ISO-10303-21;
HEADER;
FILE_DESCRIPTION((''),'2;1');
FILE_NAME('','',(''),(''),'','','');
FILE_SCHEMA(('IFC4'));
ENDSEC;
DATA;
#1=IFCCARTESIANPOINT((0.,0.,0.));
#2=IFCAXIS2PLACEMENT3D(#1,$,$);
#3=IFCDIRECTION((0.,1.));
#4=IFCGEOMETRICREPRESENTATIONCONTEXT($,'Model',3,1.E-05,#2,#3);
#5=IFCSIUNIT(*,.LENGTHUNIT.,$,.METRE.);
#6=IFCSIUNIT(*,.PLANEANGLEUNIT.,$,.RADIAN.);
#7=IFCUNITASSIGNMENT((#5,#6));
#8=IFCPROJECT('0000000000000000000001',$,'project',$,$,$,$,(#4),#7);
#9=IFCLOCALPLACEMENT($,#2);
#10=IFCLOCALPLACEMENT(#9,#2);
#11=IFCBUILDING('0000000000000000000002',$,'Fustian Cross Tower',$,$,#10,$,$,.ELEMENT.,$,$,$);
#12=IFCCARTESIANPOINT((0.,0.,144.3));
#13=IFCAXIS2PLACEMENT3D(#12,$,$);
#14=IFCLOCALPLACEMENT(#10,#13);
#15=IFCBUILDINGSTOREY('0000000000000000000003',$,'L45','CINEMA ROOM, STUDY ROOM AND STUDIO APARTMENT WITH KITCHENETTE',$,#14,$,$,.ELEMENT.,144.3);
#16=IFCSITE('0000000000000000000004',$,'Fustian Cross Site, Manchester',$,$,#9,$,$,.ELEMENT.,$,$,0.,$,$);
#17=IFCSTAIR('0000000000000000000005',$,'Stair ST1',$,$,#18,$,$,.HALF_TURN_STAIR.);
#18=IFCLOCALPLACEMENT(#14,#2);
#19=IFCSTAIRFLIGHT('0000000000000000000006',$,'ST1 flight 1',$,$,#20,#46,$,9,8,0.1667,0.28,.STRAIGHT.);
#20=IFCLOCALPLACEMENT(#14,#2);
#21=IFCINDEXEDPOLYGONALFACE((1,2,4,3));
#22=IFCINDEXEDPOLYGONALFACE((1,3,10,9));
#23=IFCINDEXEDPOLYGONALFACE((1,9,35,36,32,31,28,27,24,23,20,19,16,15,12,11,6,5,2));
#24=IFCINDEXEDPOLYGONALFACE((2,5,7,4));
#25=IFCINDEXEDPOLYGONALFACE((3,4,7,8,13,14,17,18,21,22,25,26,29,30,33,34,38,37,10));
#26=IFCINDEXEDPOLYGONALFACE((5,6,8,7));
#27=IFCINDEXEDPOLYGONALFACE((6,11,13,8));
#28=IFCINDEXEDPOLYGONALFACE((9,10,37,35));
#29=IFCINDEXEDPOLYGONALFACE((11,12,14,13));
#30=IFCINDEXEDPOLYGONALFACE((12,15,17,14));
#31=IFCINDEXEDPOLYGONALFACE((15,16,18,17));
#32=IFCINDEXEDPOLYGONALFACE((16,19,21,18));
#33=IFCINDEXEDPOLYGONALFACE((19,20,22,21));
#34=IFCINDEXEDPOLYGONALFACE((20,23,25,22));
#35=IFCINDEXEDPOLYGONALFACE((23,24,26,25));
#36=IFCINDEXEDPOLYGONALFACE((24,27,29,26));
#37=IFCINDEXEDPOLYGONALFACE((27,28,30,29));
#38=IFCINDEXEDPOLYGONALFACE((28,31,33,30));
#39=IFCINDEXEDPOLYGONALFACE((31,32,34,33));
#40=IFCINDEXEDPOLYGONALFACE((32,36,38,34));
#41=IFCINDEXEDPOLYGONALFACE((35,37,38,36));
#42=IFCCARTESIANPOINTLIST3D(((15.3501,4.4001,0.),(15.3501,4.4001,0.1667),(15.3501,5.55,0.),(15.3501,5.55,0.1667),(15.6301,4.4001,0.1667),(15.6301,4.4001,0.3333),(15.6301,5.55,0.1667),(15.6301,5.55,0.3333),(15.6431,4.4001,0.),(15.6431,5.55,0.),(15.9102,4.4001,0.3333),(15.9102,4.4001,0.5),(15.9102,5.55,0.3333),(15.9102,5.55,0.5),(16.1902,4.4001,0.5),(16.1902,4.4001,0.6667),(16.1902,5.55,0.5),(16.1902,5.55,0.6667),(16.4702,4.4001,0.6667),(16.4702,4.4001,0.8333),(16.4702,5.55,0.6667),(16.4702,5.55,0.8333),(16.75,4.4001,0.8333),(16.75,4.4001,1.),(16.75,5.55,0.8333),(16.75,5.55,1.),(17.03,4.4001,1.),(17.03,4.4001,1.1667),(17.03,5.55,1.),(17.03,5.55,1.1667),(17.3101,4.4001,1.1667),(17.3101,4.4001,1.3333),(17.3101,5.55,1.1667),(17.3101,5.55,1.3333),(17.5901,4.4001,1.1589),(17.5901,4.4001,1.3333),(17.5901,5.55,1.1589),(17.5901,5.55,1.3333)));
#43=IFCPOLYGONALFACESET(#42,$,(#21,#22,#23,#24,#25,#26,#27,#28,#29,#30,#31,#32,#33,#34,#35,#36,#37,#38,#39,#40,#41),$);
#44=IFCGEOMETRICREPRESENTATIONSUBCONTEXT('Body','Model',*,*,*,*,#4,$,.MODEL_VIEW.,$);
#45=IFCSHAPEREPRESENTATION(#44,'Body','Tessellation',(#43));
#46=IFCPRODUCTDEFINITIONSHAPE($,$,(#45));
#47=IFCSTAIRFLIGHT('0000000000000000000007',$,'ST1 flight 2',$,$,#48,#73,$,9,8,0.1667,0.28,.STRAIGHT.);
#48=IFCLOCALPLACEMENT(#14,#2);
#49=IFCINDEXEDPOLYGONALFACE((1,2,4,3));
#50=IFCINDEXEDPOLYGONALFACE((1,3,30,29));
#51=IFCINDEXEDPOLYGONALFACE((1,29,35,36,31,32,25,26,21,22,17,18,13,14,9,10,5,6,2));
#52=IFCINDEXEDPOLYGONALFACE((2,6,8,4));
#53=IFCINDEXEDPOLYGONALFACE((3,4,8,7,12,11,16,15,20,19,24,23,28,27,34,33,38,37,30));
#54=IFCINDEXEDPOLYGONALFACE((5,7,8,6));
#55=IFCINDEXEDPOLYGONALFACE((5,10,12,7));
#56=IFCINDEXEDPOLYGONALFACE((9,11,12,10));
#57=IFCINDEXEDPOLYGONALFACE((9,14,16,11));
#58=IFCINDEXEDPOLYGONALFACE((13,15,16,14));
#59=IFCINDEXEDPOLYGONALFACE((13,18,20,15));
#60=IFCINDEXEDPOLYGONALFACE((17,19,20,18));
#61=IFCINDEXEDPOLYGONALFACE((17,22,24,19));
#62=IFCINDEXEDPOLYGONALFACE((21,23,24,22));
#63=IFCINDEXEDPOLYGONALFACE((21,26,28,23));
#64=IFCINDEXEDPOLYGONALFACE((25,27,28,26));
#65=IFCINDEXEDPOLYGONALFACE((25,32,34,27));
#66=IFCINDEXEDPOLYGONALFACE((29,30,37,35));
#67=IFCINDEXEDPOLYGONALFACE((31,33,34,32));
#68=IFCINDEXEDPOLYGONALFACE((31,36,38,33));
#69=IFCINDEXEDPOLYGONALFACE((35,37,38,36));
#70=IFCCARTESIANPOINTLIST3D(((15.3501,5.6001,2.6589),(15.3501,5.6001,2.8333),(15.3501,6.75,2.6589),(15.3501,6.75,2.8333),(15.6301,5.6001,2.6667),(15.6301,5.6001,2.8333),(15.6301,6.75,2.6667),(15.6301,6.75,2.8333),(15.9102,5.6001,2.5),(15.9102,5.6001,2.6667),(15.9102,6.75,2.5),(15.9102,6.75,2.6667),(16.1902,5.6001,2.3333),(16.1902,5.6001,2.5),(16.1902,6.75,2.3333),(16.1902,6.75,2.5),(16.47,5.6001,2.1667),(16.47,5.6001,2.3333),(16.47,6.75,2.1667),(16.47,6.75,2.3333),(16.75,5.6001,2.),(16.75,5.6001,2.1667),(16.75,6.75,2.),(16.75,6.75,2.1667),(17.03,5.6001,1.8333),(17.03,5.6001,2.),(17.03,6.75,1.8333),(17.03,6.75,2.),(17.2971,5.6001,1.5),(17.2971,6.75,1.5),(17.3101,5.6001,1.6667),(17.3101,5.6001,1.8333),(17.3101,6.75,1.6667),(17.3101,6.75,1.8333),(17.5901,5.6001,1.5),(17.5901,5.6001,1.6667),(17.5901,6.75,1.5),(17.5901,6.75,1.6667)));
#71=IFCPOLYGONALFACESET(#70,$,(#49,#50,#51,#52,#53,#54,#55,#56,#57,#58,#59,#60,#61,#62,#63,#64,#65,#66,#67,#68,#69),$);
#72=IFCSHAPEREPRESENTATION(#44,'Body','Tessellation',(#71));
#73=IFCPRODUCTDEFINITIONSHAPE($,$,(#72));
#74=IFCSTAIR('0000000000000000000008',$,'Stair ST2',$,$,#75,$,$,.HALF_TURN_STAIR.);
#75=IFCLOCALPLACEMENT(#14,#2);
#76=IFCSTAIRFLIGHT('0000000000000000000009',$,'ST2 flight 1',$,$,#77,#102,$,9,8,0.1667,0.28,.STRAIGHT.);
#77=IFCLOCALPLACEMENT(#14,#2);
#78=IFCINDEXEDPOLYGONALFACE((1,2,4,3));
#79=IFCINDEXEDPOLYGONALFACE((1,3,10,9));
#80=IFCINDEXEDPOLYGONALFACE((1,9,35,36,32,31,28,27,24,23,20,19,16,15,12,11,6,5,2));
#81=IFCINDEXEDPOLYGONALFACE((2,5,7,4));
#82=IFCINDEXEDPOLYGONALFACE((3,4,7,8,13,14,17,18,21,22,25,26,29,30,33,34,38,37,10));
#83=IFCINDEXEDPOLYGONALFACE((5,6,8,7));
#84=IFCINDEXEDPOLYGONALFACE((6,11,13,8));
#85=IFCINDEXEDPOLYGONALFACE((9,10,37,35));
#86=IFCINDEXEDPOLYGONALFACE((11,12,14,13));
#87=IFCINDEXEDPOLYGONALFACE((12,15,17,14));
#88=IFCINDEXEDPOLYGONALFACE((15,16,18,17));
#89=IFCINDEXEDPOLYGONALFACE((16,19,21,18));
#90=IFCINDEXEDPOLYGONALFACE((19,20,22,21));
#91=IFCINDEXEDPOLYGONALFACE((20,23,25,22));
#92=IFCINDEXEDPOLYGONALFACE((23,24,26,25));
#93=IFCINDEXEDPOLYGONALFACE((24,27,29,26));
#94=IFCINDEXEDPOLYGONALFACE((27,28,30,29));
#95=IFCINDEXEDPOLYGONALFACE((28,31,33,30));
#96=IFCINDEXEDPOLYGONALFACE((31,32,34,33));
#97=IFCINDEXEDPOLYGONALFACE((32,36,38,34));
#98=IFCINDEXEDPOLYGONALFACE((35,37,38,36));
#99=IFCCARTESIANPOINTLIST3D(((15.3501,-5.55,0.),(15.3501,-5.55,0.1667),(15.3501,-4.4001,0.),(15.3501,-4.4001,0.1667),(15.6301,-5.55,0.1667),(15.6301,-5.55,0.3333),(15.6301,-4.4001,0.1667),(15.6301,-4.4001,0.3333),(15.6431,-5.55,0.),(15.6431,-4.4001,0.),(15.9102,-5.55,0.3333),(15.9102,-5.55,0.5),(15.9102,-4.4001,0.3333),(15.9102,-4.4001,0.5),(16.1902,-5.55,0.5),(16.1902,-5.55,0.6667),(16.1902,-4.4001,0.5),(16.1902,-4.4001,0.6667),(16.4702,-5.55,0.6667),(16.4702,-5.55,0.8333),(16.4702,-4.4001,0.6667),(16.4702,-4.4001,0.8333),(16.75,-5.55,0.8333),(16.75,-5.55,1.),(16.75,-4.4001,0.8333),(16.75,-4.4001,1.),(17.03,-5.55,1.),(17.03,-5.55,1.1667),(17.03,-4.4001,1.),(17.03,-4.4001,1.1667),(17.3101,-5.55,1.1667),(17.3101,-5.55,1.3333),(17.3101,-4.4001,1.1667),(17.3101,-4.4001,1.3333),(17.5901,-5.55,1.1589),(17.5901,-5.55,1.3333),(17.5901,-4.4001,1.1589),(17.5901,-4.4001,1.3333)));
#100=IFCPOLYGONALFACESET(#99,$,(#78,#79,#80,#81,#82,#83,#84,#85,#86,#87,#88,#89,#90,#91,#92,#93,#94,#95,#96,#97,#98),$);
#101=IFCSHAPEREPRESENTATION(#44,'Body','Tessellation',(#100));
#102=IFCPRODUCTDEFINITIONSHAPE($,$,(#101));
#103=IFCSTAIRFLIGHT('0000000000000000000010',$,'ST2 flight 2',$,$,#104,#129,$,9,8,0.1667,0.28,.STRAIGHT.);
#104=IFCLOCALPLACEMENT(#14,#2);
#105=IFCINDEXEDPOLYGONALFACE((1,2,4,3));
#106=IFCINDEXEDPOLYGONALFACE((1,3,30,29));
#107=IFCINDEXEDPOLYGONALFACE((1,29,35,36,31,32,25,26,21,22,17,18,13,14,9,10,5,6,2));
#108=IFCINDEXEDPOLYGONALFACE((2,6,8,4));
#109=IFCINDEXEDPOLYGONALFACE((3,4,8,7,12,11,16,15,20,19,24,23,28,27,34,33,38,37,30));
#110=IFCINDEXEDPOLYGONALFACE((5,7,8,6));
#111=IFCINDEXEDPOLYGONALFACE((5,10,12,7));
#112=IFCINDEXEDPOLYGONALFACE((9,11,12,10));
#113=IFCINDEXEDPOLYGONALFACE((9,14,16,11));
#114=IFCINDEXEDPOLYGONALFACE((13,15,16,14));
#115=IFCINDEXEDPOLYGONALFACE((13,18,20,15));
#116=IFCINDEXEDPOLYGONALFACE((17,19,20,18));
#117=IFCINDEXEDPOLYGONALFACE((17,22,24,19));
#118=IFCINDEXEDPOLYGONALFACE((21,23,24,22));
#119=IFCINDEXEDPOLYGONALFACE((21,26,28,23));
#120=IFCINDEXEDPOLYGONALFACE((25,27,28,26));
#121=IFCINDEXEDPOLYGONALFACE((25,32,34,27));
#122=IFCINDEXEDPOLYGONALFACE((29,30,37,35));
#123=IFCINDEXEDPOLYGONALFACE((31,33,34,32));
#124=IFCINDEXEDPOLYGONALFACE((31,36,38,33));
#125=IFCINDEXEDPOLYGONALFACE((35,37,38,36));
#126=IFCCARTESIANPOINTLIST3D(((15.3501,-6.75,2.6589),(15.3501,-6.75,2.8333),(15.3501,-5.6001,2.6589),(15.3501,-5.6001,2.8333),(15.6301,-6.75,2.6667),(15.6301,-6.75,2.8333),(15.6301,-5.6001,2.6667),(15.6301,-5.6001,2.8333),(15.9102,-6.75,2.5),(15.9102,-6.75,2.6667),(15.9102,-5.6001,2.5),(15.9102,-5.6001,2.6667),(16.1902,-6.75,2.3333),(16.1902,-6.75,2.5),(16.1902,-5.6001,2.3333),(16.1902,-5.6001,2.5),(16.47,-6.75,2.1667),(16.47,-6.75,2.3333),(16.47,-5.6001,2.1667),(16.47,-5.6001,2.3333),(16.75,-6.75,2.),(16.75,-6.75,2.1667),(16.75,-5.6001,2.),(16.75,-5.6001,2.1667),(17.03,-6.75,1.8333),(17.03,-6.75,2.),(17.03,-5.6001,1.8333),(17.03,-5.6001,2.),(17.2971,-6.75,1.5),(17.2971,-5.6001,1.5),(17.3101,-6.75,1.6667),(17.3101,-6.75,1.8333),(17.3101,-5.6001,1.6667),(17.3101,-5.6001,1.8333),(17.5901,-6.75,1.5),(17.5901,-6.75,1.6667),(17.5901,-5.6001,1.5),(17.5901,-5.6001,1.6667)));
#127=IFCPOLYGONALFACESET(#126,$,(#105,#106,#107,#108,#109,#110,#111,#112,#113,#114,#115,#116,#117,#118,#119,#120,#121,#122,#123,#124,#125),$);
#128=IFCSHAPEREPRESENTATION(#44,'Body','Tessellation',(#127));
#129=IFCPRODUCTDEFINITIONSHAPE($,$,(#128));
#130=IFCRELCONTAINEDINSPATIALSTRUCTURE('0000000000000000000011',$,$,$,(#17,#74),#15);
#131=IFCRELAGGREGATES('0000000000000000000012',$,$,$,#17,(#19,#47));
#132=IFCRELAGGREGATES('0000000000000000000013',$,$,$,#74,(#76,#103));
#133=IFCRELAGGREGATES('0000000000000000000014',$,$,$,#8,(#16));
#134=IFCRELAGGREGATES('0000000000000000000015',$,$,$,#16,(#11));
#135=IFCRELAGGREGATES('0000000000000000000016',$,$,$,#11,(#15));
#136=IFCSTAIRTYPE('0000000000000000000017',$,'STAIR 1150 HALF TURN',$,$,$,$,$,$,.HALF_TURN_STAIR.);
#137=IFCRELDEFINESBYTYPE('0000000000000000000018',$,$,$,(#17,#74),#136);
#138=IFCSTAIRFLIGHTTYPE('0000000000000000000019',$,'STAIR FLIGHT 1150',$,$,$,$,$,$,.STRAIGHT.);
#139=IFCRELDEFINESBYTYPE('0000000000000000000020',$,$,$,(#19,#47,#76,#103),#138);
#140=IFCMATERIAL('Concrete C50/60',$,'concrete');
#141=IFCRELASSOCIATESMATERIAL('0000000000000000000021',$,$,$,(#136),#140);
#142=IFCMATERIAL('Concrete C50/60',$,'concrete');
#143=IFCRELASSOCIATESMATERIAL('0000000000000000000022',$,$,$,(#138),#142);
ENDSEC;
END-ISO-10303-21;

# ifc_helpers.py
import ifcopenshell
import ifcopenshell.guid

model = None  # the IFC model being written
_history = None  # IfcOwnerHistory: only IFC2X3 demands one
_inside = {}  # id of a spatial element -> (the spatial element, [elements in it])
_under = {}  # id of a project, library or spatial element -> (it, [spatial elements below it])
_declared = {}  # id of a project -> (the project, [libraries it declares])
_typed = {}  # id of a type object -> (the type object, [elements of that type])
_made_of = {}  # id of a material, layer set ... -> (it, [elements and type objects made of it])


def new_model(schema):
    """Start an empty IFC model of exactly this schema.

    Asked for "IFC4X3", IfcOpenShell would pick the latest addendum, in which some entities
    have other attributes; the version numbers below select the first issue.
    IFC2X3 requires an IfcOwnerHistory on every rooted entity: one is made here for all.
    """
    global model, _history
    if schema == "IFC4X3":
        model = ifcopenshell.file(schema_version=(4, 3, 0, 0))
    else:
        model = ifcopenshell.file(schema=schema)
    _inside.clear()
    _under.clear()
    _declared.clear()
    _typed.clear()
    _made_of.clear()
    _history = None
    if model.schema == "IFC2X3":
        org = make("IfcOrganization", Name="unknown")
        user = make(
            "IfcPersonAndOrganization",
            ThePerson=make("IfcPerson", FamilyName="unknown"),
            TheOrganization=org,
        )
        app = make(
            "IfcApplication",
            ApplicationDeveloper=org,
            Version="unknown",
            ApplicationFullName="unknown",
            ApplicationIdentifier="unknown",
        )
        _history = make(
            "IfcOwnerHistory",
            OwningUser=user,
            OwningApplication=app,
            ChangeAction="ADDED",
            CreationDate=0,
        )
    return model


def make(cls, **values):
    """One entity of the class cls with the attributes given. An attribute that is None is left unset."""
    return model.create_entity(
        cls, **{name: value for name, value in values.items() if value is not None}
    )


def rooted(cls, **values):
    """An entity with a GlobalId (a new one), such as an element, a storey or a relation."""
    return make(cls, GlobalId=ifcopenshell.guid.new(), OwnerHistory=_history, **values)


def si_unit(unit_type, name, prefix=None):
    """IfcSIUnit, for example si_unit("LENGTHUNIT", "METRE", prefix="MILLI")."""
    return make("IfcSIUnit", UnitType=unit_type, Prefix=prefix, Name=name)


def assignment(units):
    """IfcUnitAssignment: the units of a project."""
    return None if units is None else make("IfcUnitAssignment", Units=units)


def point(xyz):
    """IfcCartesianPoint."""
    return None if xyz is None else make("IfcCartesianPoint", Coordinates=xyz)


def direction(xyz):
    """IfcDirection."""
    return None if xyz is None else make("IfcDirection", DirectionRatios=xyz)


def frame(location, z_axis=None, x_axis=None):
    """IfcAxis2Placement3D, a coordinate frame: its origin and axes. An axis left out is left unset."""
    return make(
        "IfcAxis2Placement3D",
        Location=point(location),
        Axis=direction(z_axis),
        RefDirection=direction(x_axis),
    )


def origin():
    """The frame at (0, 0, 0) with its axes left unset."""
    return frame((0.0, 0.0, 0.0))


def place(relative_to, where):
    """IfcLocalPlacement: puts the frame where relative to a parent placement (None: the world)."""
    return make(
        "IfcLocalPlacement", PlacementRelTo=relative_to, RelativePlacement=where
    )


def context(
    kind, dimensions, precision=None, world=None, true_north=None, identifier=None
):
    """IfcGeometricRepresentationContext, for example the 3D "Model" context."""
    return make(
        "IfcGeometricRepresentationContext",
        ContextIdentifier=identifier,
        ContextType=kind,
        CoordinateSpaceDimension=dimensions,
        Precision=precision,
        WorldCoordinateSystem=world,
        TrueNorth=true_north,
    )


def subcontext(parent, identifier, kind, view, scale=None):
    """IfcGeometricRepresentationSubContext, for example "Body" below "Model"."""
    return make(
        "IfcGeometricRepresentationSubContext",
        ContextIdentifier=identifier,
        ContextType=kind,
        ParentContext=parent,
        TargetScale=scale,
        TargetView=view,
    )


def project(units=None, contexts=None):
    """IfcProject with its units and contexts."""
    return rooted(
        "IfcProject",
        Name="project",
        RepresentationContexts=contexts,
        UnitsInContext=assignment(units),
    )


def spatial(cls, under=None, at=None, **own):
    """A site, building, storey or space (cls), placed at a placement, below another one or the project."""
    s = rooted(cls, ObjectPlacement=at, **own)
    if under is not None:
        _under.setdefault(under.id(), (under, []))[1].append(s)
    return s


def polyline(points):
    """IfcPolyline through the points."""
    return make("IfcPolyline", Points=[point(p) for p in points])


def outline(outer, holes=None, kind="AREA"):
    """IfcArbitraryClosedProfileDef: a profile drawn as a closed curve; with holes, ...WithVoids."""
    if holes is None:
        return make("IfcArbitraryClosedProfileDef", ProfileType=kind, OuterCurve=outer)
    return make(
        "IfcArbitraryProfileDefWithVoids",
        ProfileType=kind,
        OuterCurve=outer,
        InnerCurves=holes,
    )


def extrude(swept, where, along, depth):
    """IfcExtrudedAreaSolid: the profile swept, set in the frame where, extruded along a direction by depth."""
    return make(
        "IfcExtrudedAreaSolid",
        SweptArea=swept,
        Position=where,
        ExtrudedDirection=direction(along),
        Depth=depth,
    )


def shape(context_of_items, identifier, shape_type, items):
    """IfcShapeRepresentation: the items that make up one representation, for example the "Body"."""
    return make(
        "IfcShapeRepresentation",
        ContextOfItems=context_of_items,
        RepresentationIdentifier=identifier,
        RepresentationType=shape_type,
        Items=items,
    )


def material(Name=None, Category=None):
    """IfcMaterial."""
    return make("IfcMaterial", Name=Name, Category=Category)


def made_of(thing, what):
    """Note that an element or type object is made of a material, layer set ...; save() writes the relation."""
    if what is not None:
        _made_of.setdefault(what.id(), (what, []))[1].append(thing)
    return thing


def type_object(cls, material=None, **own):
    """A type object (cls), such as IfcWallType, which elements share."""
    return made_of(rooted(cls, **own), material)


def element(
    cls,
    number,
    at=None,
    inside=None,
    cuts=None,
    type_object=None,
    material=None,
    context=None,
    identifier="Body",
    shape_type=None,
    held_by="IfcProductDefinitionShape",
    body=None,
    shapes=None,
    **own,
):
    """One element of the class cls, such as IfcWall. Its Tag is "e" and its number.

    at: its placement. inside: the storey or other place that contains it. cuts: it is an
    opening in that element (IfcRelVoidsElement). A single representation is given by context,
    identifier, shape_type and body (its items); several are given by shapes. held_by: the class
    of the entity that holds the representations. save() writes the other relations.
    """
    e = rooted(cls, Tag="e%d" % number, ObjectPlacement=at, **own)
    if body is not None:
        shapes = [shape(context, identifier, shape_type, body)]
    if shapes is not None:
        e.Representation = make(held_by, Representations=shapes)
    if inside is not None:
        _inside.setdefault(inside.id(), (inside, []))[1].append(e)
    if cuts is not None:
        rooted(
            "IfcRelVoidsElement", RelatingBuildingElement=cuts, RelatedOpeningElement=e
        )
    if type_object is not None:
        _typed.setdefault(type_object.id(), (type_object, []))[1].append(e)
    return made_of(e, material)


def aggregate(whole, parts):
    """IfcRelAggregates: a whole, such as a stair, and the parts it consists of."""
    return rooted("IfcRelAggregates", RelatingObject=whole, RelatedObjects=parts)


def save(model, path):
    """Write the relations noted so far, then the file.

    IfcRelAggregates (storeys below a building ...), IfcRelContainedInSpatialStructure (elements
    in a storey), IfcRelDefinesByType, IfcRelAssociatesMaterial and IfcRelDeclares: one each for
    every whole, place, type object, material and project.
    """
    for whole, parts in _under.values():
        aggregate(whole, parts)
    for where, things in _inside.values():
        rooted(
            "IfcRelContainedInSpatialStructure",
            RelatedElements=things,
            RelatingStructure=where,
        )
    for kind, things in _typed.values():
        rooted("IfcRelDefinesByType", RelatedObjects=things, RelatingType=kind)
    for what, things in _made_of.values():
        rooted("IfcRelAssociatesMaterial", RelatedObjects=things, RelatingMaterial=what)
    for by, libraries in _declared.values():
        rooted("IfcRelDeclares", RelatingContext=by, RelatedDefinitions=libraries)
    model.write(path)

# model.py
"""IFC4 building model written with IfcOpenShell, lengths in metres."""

from ifc_helpers import new_model, si_unit, direction, frame, origin, place, context, subcontext, project, spatial, polyline, outline, extrude, material, type_object, element, aggregate, save


model = new_model("IFC4")

# Units and contexts
model_context = context("Model", 3, precision=1e-05, world=origin(), true_north=direction((0.0, 1.0)))
body_context = subcontext(model_context, "Body", "Model", "MODEL_VIEW")
ifc_project = project(units=[si_unit("LENGTHUNIT", "METRE"), si_unit("PLANEANGLEUNIT", "RADIAN")], contexts=[model_context])

# Site, building, storey
site_placement = place(None, origin())
site = spatial("IfcSite", under=ifc_project, at=site_placement, Name="Fustian Cross Site, Manchester", CompositionType="ELEMENT", RefElevation=0.0)
building_placement = place(site_placement, origin())
building = spatial("IfcBuilding", under=site, at=building_placement, Name="Fustian Cross Tower", CompositionType="ELEMENT")
storey_placement = place(building_placement, frame((0.0, 0.0, 144.3)))
storey = spatial("IfcBuildingStorey", under=building, at=storey_placement, Name="L45", Description="CINEMA ROOM, STUDY ROOM AND STUDIO APARTMENT WITH KITCHENETTE", CompositionType="ELEMENT", Elevation=144.3)

# Stairs, stair flights
ifc_material_1 = material(Name="Concrete C50/60", Category="concrete")
stair_type = type_object("IfcStairType", Name="STAIR 1150 HALF TURN", PredefinedType="HALF_TURN_STAIR", material=ifc_material_1)
stair_1_placement = place(storey_placement, origin())
stair_1 = element("IfcStair", 1, at=stair_1_placement, inside=storey, type_object=stair_type, Name="Stair ST1", PredefinedType="HALF_TURN_STAIR")
ifc_material_2 = material(Name="Concrete C50/60", Category="concrete")
stair_flight_type = type_object("IfcStairFlightType", Name="STAIR FLIGHT 1150", PredefinedType="STRAIGHT", material=ifc_material_2)
stair_flight_1_placement = place(storey_placement, frame((15.3501, 4.9751, 0.0), z_axis=(0.0, 0.0, 1.0), x_axis=(1.0, 0.0, 0.0)))
stair_flight_1 = element("IfcStairFlight", 2, at=stair_flight_1_placement, type_object=stair_flight_type, Name="ST1 flight 1", NumberOfRisers=9, NumberOfTreads=8, PredefinedType="STRAIGHT", RiserHeight=0.1667, TreadLength=0.28, context=body_context, shape_type="SweptSolid", body=[
    extrude(outline(polyline([(0.0, 0.0), (0.0, 0.1667), (0.28, 0.1667), (0.28, 0.3333), (0.5601, 0.3333), (0.5601, 0.5), (0.8401, 0.5), (0.8401, 0.6667), (1.1201, 0.6667), (1.1201, 0.8333), (1.3999, 0.8333), (1.3999, 1.0), (1.6799, 1.0), (1.6799, 1.1667), (1.96, 1.1667), (1.96, 1.3333), (2.24, 1.3333), (2.24, 1.5), (2.24, 1.1589), (0.293, 0.0), (0.0, 0.0)])), frame((0.0, 0.575, 0.0), z_axis=(0.0, -1.0, 0.0), x_axis=(1.0, 0.0, 0.0)), (0.0, 0.0, 1.0), 1.1499),
])
stair_flight_2_placement = place(storey_placement, frame((17.5901, 6.175, 1.5), z_axis=(0.0, 0.0, 1.0), x_axis=(-1.0, 0.0, 0.0)))
stair_flight_2 = element("IfcStairFlight", 3, at=stair_flight_2_placement, type_object=stair_flight_type, Name="ST1 flight 2", NumberOfRisers=9, NumberOfTreads=8, PredefinedType="STRAIGHT", RiserHeight=0.1667, TreadLength=0.28, context=body_context, shape_type="SweptSolid", body=[
    extrude(outline(polyline([(0.0, 0.0), (0.0, 0.1667), (0.28, 0.1667), (0.28, 0.3333), (0.5601, 0.3333), (0.5601, 0.5), (0.8401, 0.5), (0.8401, 0.6667), (1.1201, 0.6667), (1.1201, 0.8333), (1.3999, 0.8333), (1.3999, 1.0), (1.6799, 1.0), (1.6799, 1.1667), (1.96, 1.1667), (1.96, 1.3333), (2.24, 1.3333), (2.24, 1.5), (2.24, 1.1589), (0.293, 0.0), (0.0, 0.0)])), frame((0.0, 0.575, 0.0), z_axis=(0.0, -1.0, 0.0), x_axis=(1.0, 0.0, 0.0)), (0.0, 0.0, 1.0), 1.1499),
])
aggregate(stair_1, [stair_flight_1, stair_flight_2])
stair_2_placement = place(storey_placement, origin())
stair_2 = element("IfcStair", 4, at=stair_2_placement, inside=storey, type_object=stair_type, Name="Stair ST2", PredefinedType="HALF_TURN_STAIR")
stair_flight_3_placement = place(storey_placement, frame((15.3501, -4.9751, 0.0), z_axis=(0.0, 0.0, 1.0), x_axis=(1.0, 0.0, 0.0)))
stair_flight_3 = element("IfcStairFlight", 5, at=stair_flight_3_placement, type_object=stair_flight_type, Name="ST2 flight 1", NumberOfRisers=9, NumberOfTreads=8, PredefinedType="STRAIGHT", RiserHeight=0.1667, TreadLength=0.28, context=body_context, shape_type="SweptSolid", body=[
    extrude(outline(polyline([(0.0, 0.0), (0.0, 0.1667), (0.28, 0.1667), (0.28, 0.3333), (0.5601, 0.3333), (0.5601, 0.5), (0.8401, 0.5), (0.8401, 0.6667), (1.1201, 0.6667), (1.1201, 0.8333), (1.3999, 0.8333), (1.3999, 1.0), (1.6799, 1.0), (1.6799, 1.1667), (1.96, 1.1667), (1.96, 1.3333), (2.24, 1.3333), (2.24, 1.5), (2.24, 1.1589), (0.293, 0.0), (0.0, 0.0)])), frame((0.0, 0.575, 0.0), z_axis=(0.0, -1.0, 0.0), x_axis=(1.0, 0.0, 0.0)), (0.0, 0.0, 1.0), 1.1499),
])
stair_flight_4_placement = place(storey_placement, frame((17.5901, -6.175, 1.5), z_axis=(0.0, 0.0, 1.0), x_axis=(-1.0, 0.0, 0.0)))
stair_flight_4 = element("IfcStairFlight", 6, at=stair_flight_4_placement, type_object=stair_flight_type, Name="ST2 flight 2", NumberOfRisers=9, NumberOfTreads=8, PredefinedType="STRAIGHT", RiserHeight=0.1667, TreadLength=0.28, context=body_context, shape_type="SweptSolid", body=[
    extrude(outline(polyline([(0.0, 0.0), (0.0, 0.1667), (0.28, 0.1667), (0.28, 0.3333), (0.5601, 0.3333), (0.5601, 0.5), (0.8401, 0.5), (0.8401, 0.6667), (1.1201, 0.6667), (1.1201, 0.8333), (1.3999, 0.8333), (1.3999, 1.0), (1.6799, 1.0), (1.6799, 1.1667), (1.96, 1.1667), (1.96, 1.3333), (2.24, 1.3333), (2.24, 1.5), (2.24, 1.1589), (0.293, 0.0), (0.0, 0.0)])), frame((0.0, 0.575, 0.0), z_axis=(0.0, -1.0, 0.0), x_axis=(1.0, 0.0, 0.0)), (0.0, 0.0, 1.0), 1.1499),
])
aggregate(stair_2, [stair_flight_3, stair_flight_4])

save(model, "model.ifc")
